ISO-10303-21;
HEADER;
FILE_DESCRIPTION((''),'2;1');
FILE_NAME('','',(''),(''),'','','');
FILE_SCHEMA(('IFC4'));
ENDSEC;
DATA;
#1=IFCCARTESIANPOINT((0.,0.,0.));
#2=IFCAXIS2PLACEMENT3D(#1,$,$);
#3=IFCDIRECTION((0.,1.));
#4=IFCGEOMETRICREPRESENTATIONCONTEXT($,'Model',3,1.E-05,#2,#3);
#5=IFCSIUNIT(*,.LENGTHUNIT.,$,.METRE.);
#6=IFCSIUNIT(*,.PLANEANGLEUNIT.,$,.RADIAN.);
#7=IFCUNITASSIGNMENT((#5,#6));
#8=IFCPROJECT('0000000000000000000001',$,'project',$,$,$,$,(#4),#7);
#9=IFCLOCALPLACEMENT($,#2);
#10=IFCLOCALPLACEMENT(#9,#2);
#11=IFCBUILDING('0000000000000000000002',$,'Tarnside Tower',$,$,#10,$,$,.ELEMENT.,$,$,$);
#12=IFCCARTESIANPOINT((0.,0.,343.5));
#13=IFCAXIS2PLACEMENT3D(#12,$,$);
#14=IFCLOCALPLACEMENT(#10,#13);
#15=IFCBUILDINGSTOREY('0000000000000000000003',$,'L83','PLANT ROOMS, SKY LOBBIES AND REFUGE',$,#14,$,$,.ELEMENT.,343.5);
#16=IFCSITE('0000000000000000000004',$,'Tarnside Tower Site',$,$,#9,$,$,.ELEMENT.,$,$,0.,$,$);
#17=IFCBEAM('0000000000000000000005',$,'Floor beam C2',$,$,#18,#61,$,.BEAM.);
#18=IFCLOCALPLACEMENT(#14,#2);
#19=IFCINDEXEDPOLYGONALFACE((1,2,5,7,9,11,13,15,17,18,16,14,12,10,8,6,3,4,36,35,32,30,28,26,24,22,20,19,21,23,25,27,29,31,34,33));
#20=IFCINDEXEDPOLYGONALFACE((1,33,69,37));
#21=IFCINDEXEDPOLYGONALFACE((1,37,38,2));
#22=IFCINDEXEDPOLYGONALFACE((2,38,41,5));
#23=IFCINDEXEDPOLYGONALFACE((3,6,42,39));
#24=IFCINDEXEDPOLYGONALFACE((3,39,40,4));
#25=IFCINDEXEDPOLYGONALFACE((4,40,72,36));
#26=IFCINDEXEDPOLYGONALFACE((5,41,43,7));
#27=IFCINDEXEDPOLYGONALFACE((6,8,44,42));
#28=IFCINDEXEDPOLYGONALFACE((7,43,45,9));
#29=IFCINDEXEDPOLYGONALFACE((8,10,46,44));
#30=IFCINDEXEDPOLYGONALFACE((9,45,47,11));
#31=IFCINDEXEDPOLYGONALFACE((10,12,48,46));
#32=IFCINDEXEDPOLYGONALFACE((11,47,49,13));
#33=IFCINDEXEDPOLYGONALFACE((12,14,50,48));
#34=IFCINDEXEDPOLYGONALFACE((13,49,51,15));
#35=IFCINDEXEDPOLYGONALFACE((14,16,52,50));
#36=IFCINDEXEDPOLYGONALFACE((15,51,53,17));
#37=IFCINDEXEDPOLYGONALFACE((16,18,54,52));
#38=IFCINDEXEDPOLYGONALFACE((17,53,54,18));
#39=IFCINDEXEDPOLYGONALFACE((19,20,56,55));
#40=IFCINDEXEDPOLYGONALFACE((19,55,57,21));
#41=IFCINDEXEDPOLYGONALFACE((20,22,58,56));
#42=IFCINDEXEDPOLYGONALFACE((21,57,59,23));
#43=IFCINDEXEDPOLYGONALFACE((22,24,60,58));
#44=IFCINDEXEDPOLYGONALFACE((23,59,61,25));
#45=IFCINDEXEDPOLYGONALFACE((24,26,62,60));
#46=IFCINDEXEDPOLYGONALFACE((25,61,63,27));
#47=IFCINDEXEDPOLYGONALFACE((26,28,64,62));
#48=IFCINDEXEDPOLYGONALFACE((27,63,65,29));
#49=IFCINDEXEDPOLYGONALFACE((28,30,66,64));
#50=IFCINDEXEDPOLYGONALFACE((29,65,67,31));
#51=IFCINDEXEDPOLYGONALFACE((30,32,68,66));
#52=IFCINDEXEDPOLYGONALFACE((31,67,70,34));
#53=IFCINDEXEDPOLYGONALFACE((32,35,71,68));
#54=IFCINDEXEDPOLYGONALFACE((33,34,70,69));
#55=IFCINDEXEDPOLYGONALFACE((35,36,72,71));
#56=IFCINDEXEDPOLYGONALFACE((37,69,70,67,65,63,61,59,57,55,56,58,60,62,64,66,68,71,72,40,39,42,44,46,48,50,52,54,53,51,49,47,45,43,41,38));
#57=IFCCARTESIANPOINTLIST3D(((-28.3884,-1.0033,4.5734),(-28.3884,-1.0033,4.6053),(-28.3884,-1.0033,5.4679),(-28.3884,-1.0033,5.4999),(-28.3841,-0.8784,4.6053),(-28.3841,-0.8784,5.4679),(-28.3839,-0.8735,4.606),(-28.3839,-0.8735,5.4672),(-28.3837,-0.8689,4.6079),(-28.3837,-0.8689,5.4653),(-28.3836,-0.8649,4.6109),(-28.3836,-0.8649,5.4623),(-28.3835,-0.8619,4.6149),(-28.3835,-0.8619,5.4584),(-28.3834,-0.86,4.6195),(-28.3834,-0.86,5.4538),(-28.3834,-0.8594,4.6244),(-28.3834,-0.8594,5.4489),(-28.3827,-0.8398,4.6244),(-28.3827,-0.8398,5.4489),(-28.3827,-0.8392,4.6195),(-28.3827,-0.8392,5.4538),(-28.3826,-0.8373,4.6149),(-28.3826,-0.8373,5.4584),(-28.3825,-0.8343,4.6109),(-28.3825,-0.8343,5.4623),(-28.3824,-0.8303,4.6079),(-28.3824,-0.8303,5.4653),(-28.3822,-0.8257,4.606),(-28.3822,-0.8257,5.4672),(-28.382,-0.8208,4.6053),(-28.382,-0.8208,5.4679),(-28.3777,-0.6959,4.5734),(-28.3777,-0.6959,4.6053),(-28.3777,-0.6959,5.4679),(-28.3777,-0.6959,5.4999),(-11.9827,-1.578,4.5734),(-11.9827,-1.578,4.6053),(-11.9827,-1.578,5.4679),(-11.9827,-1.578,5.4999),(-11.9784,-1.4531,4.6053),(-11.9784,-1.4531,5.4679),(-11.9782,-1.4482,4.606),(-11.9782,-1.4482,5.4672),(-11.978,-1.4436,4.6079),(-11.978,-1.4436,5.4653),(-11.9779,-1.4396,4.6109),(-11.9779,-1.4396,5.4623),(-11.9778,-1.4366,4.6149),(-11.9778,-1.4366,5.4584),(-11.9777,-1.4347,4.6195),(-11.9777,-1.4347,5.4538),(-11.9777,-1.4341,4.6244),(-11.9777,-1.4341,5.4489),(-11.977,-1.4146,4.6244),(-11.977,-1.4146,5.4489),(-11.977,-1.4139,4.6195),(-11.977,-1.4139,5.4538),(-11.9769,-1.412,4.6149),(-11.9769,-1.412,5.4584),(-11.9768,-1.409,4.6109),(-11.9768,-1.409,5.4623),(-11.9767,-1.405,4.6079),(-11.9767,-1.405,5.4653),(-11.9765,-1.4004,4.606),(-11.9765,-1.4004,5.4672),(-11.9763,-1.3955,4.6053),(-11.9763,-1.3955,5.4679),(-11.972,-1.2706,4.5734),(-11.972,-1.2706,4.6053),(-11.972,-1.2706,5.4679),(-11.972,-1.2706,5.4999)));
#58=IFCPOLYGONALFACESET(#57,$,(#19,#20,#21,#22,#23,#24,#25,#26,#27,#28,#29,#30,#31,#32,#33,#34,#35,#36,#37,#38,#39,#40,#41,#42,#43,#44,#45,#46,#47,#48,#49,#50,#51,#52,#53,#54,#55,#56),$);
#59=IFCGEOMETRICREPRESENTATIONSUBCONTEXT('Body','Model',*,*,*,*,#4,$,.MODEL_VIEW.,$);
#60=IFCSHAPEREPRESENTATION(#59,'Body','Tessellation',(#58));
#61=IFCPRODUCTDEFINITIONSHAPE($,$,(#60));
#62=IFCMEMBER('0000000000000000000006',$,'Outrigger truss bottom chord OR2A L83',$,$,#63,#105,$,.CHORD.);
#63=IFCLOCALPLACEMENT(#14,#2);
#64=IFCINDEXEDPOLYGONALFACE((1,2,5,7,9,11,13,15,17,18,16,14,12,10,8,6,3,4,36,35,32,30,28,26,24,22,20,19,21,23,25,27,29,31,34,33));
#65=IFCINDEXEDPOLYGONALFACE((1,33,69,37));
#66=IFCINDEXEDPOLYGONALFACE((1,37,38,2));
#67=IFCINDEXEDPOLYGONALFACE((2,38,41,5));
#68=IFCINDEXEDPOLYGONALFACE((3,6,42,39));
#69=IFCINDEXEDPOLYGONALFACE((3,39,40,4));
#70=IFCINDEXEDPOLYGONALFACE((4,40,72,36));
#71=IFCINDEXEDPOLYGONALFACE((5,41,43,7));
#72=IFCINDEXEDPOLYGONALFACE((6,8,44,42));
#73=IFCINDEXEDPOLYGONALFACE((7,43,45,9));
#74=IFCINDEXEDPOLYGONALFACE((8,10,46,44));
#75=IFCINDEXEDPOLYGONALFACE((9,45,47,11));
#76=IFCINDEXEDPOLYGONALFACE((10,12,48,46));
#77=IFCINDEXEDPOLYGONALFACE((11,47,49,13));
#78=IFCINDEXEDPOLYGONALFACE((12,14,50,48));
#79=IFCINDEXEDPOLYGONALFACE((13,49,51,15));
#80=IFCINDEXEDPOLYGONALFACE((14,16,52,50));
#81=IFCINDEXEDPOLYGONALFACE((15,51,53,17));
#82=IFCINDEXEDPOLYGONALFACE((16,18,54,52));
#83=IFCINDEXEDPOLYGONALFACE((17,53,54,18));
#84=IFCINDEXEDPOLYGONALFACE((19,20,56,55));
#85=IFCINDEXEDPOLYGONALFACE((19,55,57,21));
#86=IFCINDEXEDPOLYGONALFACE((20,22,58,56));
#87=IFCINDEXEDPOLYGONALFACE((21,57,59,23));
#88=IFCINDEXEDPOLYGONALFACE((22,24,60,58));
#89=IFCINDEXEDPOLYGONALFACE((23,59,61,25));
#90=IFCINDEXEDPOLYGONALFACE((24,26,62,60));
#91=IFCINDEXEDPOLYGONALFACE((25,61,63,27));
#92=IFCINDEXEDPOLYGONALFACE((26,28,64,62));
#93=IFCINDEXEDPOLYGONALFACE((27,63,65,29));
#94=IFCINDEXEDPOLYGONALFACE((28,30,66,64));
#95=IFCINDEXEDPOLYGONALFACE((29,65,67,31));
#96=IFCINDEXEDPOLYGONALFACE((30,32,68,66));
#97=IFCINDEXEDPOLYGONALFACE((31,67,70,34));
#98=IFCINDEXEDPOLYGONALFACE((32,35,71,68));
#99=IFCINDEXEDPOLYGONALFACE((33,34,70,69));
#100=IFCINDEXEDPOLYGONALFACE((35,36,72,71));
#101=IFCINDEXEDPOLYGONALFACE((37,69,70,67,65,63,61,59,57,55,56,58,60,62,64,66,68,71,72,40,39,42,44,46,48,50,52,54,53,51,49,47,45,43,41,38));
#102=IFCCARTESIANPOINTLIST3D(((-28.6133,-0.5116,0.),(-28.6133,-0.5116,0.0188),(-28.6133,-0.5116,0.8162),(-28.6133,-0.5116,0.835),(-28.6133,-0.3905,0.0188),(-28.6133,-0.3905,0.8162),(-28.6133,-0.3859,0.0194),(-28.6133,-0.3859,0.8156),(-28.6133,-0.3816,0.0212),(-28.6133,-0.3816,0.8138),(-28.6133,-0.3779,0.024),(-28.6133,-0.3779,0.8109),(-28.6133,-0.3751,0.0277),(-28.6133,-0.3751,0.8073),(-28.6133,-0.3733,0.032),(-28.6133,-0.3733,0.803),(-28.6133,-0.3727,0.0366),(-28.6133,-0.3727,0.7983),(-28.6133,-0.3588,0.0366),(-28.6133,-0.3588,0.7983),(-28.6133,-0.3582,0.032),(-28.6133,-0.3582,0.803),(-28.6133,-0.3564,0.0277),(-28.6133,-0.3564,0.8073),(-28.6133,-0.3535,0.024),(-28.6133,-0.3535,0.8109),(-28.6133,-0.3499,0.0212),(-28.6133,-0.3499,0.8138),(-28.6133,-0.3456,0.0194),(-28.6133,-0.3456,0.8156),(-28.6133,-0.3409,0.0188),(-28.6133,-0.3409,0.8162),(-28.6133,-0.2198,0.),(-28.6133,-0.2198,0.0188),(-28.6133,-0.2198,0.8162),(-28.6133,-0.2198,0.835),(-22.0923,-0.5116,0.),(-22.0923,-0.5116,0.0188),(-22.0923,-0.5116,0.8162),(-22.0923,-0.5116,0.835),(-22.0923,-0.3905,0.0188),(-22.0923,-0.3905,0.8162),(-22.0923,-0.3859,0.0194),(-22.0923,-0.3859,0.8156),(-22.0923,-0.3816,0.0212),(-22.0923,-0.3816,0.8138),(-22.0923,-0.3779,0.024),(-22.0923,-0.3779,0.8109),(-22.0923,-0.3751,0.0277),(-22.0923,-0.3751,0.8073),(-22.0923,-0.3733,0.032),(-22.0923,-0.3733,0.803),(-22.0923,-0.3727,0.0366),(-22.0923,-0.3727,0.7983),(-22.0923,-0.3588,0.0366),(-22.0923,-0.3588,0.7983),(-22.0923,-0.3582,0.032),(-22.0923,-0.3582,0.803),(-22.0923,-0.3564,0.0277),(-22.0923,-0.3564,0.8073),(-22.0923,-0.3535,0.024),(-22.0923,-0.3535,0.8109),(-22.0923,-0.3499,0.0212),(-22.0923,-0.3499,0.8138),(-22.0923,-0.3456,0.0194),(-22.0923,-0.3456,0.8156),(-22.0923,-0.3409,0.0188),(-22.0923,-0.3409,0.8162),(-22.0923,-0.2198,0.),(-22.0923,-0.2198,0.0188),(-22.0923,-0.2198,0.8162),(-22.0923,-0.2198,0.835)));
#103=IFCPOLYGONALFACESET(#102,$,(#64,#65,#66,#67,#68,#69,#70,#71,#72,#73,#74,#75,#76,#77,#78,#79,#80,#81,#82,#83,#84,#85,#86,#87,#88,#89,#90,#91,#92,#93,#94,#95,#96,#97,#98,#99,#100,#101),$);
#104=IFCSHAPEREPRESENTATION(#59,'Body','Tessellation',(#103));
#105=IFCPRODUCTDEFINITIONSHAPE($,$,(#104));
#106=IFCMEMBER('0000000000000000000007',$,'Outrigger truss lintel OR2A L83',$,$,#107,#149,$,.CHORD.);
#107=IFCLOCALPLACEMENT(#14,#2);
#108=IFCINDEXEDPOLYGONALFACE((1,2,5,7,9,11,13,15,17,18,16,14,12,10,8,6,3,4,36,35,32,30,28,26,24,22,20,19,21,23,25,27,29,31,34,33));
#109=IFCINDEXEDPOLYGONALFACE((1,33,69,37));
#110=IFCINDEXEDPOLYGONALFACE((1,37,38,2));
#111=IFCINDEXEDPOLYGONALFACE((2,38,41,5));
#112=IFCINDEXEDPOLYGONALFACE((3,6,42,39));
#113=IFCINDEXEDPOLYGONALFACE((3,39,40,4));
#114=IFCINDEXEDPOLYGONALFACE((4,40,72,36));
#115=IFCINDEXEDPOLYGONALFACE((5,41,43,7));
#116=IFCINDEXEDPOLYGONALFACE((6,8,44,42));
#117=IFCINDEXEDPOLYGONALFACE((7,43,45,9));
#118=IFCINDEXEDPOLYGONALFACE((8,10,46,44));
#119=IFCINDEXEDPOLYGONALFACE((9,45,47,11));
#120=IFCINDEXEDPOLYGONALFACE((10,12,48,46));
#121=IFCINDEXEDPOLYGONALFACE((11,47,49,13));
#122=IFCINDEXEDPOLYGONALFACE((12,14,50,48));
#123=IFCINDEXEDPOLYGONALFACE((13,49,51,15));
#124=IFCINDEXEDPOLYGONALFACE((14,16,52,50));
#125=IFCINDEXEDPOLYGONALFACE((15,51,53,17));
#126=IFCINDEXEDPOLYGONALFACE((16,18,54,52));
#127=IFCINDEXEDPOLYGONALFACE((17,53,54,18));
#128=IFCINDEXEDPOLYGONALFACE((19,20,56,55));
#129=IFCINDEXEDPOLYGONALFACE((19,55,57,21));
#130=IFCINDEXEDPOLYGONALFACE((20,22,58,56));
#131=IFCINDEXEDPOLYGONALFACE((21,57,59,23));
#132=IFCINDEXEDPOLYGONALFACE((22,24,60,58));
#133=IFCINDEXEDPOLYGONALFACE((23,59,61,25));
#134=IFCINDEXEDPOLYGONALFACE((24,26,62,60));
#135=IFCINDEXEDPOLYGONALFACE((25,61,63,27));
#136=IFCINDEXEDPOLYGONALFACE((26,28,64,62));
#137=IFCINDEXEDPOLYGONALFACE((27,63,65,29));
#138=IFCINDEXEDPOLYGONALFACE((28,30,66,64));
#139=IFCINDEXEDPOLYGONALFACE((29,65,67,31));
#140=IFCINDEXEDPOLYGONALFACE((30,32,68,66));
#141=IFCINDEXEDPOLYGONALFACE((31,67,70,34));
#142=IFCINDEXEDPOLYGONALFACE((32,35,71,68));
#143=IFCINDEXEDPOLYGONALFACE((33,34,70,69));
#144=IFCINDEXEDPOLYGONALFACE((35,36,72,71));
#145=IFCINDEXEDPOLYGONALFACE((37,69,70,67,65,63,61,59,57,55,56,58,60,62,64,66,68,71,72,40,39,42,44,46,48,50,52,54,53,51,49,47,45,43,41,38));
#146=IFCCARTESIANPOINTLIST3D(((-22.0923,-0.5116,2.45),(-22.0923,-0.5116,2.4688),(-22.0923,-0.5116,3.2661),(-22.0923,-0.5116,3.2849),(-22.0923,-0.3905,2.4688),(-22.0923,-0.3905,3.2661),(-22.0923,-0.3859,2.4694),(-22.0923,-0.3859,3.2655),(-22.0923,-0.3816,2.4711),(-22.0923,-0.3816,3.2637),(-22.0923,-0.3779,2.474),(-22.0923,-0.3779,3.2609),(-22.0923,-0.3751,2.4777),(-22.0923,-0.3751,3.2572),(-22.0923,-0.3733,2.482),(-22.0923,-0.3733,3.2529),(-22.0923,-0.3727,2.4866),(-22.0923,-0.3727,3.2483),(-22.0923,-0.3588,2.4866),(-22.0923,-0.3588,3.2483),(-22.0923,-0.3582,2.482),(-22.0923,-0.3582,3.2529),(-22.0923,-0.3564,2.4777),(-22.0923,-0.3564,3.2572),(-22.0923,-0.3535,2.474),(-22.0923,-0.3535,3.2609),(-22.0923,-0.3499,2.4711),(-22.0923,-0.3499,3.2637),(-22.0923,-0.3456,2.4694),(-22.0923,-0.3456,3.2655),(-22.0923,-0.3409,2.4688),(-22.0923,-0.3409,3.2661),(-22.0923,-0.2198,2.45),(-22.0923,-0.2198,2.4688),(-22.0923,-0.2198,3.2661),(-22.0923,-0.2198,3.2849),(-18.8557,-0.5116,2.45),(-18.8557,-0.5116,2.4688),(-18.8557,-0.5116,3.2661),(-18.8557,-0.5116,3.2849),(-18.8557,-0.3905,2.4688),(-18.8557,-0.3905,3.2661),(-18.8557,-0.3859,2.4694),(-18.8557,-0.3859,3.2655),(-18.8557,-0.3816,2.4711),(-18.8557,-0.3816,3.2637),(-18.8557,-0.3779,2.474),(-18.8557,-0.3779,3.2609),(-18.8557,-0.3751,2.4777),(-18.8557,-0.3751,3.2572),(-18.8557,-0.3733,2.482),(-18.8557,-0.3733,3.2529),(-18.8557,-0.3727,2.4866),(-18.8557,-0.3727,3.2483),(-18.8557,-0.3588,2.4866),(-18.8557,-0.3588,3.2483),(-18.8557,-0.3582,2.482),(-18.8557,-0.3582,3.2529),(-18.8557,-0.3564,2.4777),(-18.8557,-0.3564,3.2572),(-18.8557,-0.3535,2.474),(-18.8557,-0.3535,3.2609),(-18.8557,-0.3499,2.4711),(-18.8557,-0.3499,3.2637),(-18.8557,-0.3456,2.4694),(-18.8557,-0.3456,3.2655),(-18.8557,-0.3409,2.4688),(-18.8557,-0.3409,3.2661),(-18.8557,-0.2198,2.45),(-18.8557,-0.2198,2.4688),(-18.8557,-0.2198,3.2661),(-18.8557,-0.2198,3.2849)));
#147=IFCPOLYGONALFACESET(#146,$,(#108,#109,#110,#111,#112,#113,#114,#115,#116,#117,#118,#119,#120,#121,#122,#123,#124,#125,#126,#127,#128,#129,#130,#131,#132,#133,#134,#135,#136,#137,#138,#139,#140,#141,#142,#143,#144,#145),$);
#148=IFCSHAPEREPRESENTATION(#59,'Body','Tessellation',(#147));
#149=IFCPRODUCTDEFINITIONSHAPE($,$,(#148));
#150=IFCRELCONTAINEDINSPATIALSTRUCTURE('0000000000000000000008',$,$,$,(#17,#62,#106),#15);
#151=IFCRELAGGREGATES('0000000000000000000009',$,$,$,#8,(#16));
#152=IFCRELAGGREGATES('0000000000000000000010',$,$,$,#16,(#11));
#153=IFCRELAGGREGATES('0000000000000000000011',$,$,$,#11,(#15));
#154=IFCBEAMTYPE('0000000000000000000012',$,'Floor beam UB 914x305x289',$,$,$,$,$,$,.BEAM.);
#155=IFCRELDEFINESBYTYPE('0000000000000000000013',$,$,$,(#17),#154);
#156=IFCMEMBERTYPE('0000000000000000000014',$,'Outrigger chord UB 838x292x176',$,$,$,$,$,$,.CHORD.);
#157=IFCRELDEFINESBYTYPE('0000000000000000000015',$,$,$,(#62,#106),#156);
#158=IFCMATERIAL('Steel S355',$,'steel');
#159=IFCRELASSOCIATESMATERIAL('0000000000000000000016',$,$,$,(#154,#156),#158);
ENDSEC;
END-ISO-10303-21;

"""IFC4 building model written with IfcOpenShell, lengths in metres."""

from ifc_helpers import new_model, si_unit, direction, frame, origin, origin_2d, place, context, subcontext, project, spatial, i_section, extrude, material, material_profile, profile_set, type_object, element, save


model = new_model("IFC4")

# Units and contexts
model_context = context("Model", 3, precision=1e-05, world=origin(), true_north=direction((0.0, 1.0)))
body_context = subcontext(model_context, "Body", "Model", "MODEL_VIEW")
ifc_project = project(units=[si_unit("LENGTHUNIT", "METRE"), si_unit("PLANEANGLEUNIT", "RADIAN")], contexts=[model_context])

# Site, building, storey
site_placement = place(None, origin())
site = spatial("IfcSite", under=ifc_project, at=site_placement, Name="Tarnside Tower Site", CompositionType="ELEMENT", RefElevation=0.0)
building_placement = place(site_placement, origin())
building = spatial("IfcBuilding", under=site, at=building_placement, Name="Tarnside Tower", CompositionType="ELEMENT")
storey_placement = place(building_placement, frame((0.0, 0.0, 343.5)))
storey = spatial("IfcBuildingStorey", under=building, at=storey_placement, Name="L83", Description="PLANT ROOMS, SKY LOBBIES AND REFUGE", CompositionType="ELEMENT", Elevation=343.5)

# Beam
ifc_material_1 = material(Name="Steel S355", Category="steel")
ifc_material_profile_1 = material_profile(ifc_material_1, i_section(OverallWidth=0.3076, OverallDepth=0.9265, WebThickness=0.0195, FlangeThickness=0.032, FilletRadius=0.019, at=origin_2d()), Name="UB 914x305x289")
ifc_profile_set_1 = profile_set([ifc_material_profile_1], Name="Steel S355")
beam_type = type_object("IfcBeamType", Name="Floor beam UB 914x305x289", PredefinedType="BEAM", material=ifc_profile_set_1)
beam_placement = place(storey_placement, frame((-28.3831, -0.8496, 5.0366), z_axis=(0.999387, -0.035009, 0.0), x_axis=(0.035009, 0.999387, 0.0)))
element("IfcBeam", 1, at=beam_placement, inside=storey, type_object=beam_type, Name="Floor beam C2", PredefinedType="BEAM", context=body_context, shape_type="SweptSolid", body=[
    extrude(i_section(OverallWidth=0.3076, OverallDepth=0.9265, WebThickness=0.0195, FlangeThickness=0.032, FilletRadius=0.019, at=origin_2d()), origin(), (0.0, 0.0, 1.0), 16.4158),
])

# Members
ifc_material_profile_2 = material_profile(ifc_material_1, i_section(OverallWidth=0.2917, OverallDepth=0.835, WebThickness=0.0139, FlangeThickness=0.0188, FilletRadius=0.0178, at=origin_2d()), Name="UB 838x292x176")
ifc_profile_set_2 = profile_set([ifc_material_profile_2], Name="Steel S355")
member_type_1 = type_object("IfcMemberType", Name="Outrigger chord UB 838x292x176", PredefinedType="CHORD", material=ifc_profile_set_2)
member_1_placement = place(storey_placement, frame((-22.0923, -0.3657, 0.4175), z_axis=(-1.0, 0.0, 0.0), x_axis=(0.0, -1.0, 0.0)))
element("IfcMember", 2, at=member_1_placement, inside=storey, type_object=member_type_1, Name="Outrigger truss bottom chord OR2A L83", PredefinedType="CHORD", context=body_context, shape_type="SweptSolid", body=[
    extrude(i_section(OverallWidth=0.2917, OverallDepth=0.835, WebThickness=0.0139, FlangeThickness=0.0188, FilletRadius=0.0178, at=origin_2d()), origin(), (0.0, 0.0, 1.0), 6.521),
])
member_2_placement = place(storey_placement, frame((-18.8557, -0.3657, 2.8674), z_axis=(-1.0, 0.0, 0.0), x_axis=(0.0, -1.0, 0.0)))
element("IfcMember", 3, at=member_2_placement, inside=storey, type_object=member_type_1, Name="Outrigger truss lintel OR2A L83", PredefinedType="CHORD", context=body_context, shape_type="SweptSolid", body=[
    extrude(i_section(OverallWidth=0.2917, OverallDepth=0.835, WebThickness=0.0139, FlangeThickness=0.0188, FilletRadius=0.0178, at=origin_2d()), origin(), (0.0, 0.0, 1.0), 3.2366),
])

save(model, "model.ifc")
